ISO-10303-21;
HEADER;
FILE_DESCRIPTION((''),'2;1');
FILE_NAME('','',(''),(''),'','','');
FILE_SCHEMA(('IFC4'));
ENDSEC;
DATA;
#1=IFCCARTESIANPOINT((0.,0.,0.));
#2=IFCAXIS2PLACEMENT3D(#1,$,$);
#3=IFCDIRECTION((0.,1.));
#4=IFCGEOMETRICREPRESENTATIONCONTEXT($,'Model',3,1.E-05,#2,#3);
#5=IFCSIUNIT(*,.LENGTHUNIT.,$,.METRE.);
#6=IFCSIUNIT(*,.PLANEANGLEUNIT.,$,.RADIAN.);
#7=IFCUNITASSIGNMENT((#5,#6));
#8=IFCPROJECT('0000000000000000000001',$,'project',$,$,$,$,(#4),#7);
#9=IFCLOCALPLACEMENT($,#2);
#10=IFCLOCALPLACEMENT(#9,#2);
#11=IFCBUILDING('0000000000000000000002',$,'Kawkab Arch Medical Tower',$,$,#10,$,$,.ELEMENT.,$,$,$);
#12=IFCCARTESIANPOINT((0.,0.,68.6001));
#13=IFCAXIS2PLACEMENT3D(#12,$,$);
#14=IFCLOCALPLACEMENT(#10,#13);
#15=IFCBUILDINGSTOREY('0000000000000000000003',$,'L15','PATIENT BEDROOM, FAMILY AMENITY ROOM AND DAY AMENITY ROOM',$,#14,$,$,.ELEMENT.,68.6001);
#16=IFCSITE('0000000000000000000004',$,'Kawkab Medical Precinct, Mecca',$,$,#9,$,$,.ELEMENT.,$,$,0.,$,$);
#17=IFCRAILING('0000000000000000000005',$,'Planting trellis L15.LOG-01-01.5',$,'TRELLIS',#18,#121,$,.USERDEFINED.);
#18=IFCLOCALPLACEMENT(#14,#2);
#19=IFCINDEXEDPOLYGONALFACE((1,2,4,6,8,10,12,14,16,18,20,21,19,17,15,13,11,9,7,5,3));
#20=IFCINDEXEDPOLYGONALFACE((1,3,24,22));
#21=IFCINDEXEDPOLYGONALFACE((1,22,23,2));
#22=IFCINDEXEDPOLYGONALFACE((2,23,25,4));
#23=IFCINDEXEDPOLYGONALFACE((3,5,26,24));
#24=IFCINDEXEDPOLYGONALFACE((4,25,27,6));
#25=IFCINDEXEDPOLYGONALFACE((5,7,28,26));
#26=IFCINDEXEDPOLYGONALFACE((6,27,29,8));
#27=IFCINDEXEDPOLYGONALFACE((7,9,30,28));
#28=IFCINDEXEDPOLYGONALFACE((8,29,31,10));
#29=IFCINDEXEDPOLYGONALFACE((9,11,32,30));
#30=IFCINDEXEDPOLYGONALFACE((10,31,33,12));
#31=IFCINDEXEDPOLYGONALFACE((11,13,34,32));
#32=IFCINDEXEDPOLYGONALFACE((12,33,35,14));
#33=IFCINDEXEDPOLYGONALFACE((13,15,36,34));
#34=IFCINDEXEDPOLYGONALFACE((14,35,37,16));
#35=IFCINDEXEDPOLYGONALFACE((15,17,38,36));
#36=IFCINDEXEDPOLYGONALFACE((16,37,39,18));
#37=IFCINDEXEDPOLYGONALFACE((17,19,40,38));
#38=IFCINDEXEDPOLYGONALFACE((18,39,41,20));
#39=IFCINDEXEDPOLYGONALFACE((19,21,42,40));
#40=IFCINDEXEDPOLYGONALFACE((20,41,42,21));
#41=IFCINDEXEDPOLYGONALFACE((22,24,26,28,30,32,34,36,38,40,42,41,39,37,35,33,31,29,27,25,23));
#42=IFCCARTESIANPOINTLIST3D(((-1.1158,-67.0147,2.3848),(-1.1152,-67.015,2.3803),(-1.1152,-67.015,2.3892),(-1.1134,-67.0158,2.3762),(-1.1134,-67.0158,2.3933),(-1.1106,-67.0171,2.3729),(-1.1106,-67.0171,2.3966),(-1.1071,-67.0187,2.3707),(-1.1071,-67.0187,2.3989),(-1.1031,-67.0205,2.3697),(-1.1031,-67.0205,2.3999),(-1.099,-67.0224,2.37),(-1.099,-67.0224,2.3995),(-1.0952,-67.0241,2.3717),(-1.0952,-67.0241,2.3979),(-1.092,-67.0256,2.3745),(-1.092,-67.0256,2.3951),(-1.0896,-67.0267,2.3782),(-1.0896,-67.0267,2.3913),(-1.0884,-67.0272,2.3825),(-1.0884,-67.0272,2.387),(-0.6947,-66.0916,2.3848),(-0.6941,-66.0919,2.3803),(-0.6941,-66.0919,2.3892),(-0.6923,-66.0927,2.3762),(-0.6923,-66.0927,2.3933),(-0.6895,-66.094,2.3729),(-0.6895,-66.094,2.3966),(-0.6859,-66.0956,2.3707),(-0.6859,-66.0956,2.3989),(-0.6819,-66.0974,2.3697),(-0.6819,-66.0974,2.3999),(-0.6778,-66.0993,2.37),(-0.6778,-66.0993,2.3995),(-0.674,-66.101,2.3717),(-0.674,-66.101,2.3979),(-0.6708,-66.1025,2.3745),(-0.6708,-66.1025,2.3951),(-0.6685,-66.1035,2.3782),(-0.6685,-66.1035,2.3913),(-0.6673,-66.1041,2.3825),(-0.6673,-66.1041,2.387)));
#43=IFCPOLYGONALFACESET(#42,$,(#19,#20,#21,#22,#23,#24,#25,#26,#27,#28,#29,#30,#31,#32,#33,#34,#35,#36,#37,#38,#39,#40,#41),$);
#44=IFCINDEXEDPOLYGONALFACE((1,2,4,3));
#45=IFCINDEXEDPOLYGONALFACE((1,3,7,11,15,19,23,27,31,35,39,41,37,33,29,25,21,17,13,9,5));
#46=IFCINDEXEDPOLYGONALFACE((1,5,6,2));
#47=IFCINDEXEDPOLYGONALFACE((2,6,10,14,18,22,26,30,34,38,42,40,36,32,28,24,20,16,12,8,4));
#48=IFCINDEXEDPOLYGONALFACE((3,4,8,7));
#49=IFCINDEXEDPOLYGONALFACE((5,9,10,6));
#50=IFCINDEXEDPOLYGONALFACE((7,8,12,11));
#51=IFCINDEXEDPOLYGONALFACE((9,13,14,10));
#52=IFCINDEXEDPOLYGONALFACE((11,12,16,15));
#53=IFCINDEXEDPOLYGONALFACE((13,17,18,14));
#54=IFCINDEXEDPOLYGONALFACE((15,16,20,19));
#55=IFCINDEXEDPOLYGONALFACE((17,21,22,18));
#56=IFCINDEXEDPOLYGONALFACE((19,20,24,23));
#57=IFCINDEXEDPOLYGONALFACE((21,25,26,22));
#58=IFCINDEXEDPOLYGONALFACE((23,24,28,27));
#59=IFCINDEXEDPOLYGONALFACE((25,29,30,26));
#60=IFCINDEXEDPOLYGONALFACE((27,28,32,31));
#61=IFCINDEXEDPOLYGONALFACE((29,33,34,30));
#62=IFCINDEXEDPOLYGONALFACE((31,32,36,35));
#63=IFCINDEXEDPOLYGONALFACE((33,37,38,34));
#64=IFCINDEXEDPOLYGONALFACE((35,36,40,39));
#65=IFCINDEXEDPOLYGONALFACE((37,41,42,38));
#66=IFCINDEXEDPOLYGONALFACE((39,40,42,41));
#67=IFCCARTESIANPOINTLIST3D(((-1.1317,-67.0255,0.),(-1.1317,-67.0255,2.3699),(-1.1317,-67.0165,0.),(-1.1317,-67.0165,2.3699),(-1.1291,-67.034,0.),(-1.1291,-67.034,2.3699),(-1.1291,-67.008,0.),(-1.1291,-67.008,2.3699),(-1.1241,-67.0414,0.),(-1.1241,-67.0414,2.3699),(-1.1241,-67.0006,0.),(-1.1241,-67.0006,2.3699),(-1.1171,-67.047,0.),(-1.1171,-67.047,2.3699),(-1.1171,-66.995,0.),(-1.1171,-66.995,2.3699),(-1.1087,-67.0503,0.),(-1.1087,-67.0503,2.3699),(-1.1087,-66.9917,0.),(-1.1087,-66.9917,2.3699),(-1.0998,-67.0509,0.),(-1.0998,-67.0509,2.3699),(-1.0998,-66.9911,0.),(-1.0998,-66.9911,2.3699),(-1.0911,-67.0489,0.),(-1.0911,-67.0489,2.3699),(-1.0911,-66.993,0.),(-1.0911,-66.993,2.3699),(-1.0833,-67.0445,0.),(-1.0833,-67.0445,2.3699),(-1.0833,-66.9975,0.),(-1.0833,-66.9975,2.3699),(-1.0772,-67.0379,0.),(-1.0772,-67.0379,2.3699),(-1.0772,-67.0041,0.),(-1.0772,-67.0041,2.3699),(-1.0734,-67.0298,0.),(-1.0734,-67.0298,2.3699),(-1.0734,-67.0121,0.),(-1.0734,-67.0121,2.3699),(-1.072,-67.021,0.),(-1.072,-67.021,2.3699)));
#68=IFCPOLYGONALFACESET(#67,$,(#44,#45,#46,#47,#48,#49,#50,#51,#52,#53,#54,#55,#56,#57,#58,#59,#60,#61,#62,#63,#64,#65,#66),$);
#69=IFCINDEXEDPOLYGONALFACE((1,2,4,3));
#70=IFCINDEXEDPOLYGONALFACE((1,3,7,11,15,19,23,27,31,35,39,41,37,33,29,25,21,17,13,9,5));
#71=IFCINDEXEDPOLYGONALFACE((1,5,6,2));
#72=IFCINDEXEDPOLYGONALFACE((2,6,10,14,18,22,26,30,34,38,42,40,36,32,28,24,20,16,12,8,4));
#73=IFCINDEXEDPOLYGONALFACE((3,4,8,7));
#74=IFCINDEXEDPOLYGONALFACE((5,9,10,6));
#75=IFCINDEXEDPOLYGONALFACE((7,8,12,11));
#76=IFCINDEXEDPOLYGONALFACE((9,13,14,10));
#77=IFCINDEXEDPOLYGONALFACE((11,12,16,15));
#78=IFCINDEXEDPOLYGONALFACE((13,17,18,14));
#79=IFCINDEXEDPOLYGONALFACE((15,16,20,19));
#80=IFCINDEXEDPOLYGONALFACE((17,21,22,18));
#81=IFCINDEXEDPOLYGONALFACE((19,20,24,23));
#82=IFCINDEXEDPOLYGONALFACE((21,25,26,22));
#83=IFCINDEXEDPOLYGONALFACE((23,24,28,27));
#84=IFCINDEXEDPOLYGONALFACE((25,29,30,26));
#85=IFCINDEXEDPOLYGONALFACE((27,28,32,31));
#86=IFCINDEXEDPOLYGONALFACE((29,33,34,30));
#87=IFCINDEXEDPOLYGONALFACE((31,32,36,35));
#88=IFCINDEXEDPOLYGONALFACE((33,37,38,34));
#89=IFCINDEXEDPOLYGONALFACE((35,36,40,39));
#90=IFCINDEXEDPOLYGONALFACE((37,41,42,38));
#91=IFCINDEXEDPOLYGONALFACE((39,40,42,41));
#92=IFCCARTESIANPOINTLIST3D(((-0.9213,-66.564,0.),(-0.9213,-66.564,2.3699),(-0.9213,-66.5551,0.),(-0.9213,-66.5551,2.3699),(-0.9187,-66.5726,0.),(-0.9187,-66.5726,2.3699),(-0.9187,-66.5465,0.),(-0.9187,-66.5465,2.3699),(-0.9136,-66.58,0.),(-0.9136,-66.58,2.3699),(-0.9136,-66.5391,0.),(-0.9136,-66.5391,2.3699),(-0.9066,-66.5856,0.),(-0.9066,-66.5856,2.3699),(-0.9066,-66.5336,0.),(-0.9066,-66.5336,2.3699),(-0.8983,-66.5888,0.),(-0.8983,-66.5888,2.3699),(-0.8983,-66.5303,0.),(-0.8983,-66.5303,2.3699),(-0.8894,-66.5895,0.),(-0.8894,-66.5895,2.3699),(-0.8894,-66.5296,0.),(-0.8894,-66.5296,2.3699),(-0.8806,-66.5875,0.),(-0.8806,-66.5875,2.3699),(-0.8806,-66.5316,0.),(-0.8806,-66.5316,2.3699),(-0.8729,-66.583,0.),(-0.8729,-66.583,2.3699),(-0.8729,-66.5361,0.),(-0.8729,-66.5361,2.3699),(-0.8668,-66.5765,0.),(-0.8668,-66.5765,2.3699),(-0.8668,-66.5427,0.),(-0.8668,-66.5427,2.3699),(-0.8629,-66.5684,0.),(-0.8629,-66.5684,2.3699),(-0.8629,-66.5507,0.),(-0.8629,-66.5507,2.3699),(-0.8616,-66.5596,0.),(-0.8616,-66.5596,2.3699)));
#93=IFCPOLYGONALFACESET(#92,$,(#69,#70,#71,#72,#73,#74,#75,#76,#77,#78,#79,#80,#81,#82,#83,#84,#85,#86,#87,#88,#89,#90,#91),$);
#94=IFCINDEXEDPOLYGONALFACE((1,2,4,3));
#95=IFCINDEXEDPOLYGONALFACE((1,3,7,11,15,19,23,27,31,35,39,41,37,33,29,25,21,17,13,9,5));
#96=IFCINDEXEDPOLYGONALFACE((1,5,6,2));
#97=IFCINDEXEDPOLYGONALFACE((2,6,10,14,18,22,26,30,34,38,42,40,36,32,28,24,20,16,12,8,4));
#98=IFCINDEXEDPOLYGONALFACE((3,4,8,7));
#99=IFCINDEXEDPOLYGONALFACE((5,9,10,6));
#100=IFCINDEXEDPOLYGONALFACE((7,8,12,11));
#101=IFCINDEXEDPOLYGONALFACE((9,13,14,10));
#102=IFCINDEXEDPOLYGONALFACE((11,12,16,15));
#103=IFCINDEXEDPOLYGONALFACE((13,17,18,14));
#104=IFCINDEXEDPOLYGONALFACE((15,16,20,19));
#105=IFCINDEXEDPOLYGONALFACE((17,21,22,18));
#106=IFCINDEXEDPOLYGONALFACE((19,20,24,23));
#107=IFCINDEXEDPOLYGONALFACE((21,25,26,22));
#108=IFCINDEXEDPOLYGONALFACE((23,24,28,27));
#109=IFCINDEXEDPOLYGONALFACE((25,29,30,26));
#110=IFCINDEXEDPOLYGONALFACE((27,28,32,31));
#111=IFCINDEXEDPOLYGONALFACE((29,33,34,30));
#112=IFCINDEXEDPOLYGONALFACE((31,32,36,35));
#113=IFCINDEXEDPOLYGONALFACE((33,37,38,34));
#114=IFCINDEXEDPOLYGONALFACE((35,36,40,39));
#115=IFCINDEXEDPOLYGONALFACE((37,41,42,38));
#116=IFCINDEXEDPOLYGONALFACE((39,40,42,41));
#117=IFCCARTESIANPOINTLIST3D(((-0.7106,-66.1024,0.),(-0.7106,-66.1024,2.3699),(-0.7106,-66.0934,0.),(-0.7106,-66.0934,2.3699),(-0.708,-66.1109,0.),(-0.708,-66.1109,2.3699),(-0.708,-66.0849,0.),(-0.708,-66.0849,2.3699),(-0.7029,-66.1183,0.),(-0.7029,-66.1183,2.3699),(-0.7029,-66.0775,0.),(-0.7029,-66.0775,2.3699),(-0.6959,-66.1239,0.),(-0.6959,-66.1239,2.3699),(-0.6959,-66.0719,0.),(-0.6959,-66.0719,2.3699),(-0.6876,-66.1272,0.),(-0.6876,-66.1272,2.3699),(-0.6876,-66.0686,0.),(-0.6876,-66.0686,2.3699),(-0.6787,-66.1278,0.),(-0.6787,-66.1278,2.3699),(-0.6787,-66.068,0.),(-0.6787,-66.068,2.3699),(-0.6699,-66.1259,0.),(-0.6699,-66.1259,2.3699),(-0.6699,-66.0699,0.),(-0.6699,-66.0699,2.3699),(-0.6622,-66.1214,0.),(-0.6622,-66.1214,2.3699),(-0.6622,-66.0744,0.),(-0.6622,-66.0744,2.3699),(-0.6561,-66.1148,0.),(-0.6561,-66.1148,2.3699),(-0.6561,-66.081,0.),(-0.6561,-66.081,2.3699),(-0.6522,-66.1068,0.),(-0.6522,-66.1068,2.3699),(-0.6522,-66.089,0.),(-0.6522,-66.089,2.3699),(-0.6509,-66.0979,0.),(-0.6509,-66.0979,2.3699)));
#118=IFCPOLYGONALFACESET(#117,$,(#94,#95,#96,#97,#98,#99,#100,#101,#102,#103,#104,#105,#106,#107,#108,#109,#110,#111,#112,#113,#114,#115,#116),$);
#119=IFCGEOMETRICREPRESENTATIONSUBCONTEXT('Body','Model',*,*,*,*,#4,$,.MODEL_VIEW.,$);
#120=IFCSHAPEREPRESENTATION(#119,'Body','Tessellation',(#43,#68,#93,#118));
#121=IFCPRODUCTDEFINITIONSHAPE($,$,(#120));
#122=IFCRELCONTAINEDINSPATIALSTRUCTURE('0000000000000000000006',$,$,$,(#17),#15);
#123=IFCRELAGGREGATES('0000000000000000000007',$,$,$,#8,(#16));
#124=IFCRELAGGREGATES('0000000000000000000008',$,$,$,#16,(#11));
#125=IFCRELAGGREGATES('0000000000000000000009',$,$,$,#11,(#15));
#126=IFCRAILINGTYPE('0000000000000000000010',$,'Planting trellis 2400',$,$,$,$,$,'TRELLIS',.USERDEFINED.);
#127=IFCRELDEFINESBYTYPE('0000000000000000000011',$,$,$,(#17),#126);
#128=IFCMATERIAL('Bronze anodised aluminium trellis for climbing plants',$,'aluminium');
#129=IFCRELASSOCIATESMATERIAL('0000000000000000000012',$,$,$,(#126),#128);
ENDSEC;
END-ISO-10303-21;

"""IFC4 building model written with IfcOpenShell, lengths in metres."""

from ifc_helpers import new_model, si_unit, direction, frame, origin, origin_2d, place, context, subcontext, project, spatial, circle, extrude, material, type_object, element, save


model = new_model("IFC4")

# Units and contexts
model_context = context("Model", 3, precision=1e-05, world=origin(), true_north=direction((0.0, 1.0)))
body_context = subcontext(model_context, "Body", "Model", "MODEL_VIEW")
ifc_project = project(units=[si_unit("LENGTHUNIT", "METRE"), si_unit("PLANEANGLEUNIT", "RADIAN")], contexts=[model_context])

# Site, building, storey
site_placement = place(None, origin())
site = spatial("IfcSite", under=ifc_project, at=site_placement, Name="Kawkab Medical Precinct, Mecca", CompositionType="ELEMENT", RefElevation=0.0)
building_placement = place(site_placement, origin())
building = spatial("IfcBuilding", under=site, at=building_placement, Name="Kawkab Arch Medical Tower", CompositionType="ELEMENT")
storey_placement = place(building_placement, frame((0.0, 0.0, 68.6001)))
storey = spatial("IfcBuildingStorey", under=building, at=storey_placement, Name="L15", Description="PATIENT BEDROOM, FAMILY AMENITY ROOM AND DAY AMENITY ROOM", CompositionType="ELEMENT", Elevation=68.6001)

# Railing
ifc_material_1 = material(Name="Bronze anodised aluminium trellis for climbing plants", Category="aluminium")
railing_type = type_object("IfcRailingType", Name="Planting trellis 2400", ElementType="TRELLIS", PredefinedType="USERDEFINED", material=ifc_material_1)
railing_1_placement = place(storey_placement, frame((-1.1021, -67.021, 0.0)))
element("IfcRailing", 1, at=railing_1_placement, inside=storey, type_object=railing_type, Name="Planting trellis L15.LOG-01-01.5", ObjectType="TRELLIS", PredefinedType="USERDEFINED", context=body_context, shape_type="SweptSolid", body=[
    extrude(circle(Radius=0.0151, at=origin_2d()), frame((0.0, 0.0, 2.3848), z_axis=(0.415072, 0.909789, 0.0), x_axis=(-0.909789, 0.415072, 0.0)), (0.0, 0.0, 1.0), 1.0146),
    extrude(circle(Radius=0.03, at=origin_2d()), origin(), (0.0, 0.0, 1.0), 2.3699),
    extrude(circle(Radius=0.03, at=origin_2d()), frame((0.2104, 0.4614, 0.0)), (0.0, 0.0, 1.0), 2.3699),
    extrude(circle(Radius=0.03, at=origin_2d()), frame((0.4211, 0.9231, 0.0)), (0.0, 0.0, 1.0), 2.3699),
])

save(model, "model.ifc")
